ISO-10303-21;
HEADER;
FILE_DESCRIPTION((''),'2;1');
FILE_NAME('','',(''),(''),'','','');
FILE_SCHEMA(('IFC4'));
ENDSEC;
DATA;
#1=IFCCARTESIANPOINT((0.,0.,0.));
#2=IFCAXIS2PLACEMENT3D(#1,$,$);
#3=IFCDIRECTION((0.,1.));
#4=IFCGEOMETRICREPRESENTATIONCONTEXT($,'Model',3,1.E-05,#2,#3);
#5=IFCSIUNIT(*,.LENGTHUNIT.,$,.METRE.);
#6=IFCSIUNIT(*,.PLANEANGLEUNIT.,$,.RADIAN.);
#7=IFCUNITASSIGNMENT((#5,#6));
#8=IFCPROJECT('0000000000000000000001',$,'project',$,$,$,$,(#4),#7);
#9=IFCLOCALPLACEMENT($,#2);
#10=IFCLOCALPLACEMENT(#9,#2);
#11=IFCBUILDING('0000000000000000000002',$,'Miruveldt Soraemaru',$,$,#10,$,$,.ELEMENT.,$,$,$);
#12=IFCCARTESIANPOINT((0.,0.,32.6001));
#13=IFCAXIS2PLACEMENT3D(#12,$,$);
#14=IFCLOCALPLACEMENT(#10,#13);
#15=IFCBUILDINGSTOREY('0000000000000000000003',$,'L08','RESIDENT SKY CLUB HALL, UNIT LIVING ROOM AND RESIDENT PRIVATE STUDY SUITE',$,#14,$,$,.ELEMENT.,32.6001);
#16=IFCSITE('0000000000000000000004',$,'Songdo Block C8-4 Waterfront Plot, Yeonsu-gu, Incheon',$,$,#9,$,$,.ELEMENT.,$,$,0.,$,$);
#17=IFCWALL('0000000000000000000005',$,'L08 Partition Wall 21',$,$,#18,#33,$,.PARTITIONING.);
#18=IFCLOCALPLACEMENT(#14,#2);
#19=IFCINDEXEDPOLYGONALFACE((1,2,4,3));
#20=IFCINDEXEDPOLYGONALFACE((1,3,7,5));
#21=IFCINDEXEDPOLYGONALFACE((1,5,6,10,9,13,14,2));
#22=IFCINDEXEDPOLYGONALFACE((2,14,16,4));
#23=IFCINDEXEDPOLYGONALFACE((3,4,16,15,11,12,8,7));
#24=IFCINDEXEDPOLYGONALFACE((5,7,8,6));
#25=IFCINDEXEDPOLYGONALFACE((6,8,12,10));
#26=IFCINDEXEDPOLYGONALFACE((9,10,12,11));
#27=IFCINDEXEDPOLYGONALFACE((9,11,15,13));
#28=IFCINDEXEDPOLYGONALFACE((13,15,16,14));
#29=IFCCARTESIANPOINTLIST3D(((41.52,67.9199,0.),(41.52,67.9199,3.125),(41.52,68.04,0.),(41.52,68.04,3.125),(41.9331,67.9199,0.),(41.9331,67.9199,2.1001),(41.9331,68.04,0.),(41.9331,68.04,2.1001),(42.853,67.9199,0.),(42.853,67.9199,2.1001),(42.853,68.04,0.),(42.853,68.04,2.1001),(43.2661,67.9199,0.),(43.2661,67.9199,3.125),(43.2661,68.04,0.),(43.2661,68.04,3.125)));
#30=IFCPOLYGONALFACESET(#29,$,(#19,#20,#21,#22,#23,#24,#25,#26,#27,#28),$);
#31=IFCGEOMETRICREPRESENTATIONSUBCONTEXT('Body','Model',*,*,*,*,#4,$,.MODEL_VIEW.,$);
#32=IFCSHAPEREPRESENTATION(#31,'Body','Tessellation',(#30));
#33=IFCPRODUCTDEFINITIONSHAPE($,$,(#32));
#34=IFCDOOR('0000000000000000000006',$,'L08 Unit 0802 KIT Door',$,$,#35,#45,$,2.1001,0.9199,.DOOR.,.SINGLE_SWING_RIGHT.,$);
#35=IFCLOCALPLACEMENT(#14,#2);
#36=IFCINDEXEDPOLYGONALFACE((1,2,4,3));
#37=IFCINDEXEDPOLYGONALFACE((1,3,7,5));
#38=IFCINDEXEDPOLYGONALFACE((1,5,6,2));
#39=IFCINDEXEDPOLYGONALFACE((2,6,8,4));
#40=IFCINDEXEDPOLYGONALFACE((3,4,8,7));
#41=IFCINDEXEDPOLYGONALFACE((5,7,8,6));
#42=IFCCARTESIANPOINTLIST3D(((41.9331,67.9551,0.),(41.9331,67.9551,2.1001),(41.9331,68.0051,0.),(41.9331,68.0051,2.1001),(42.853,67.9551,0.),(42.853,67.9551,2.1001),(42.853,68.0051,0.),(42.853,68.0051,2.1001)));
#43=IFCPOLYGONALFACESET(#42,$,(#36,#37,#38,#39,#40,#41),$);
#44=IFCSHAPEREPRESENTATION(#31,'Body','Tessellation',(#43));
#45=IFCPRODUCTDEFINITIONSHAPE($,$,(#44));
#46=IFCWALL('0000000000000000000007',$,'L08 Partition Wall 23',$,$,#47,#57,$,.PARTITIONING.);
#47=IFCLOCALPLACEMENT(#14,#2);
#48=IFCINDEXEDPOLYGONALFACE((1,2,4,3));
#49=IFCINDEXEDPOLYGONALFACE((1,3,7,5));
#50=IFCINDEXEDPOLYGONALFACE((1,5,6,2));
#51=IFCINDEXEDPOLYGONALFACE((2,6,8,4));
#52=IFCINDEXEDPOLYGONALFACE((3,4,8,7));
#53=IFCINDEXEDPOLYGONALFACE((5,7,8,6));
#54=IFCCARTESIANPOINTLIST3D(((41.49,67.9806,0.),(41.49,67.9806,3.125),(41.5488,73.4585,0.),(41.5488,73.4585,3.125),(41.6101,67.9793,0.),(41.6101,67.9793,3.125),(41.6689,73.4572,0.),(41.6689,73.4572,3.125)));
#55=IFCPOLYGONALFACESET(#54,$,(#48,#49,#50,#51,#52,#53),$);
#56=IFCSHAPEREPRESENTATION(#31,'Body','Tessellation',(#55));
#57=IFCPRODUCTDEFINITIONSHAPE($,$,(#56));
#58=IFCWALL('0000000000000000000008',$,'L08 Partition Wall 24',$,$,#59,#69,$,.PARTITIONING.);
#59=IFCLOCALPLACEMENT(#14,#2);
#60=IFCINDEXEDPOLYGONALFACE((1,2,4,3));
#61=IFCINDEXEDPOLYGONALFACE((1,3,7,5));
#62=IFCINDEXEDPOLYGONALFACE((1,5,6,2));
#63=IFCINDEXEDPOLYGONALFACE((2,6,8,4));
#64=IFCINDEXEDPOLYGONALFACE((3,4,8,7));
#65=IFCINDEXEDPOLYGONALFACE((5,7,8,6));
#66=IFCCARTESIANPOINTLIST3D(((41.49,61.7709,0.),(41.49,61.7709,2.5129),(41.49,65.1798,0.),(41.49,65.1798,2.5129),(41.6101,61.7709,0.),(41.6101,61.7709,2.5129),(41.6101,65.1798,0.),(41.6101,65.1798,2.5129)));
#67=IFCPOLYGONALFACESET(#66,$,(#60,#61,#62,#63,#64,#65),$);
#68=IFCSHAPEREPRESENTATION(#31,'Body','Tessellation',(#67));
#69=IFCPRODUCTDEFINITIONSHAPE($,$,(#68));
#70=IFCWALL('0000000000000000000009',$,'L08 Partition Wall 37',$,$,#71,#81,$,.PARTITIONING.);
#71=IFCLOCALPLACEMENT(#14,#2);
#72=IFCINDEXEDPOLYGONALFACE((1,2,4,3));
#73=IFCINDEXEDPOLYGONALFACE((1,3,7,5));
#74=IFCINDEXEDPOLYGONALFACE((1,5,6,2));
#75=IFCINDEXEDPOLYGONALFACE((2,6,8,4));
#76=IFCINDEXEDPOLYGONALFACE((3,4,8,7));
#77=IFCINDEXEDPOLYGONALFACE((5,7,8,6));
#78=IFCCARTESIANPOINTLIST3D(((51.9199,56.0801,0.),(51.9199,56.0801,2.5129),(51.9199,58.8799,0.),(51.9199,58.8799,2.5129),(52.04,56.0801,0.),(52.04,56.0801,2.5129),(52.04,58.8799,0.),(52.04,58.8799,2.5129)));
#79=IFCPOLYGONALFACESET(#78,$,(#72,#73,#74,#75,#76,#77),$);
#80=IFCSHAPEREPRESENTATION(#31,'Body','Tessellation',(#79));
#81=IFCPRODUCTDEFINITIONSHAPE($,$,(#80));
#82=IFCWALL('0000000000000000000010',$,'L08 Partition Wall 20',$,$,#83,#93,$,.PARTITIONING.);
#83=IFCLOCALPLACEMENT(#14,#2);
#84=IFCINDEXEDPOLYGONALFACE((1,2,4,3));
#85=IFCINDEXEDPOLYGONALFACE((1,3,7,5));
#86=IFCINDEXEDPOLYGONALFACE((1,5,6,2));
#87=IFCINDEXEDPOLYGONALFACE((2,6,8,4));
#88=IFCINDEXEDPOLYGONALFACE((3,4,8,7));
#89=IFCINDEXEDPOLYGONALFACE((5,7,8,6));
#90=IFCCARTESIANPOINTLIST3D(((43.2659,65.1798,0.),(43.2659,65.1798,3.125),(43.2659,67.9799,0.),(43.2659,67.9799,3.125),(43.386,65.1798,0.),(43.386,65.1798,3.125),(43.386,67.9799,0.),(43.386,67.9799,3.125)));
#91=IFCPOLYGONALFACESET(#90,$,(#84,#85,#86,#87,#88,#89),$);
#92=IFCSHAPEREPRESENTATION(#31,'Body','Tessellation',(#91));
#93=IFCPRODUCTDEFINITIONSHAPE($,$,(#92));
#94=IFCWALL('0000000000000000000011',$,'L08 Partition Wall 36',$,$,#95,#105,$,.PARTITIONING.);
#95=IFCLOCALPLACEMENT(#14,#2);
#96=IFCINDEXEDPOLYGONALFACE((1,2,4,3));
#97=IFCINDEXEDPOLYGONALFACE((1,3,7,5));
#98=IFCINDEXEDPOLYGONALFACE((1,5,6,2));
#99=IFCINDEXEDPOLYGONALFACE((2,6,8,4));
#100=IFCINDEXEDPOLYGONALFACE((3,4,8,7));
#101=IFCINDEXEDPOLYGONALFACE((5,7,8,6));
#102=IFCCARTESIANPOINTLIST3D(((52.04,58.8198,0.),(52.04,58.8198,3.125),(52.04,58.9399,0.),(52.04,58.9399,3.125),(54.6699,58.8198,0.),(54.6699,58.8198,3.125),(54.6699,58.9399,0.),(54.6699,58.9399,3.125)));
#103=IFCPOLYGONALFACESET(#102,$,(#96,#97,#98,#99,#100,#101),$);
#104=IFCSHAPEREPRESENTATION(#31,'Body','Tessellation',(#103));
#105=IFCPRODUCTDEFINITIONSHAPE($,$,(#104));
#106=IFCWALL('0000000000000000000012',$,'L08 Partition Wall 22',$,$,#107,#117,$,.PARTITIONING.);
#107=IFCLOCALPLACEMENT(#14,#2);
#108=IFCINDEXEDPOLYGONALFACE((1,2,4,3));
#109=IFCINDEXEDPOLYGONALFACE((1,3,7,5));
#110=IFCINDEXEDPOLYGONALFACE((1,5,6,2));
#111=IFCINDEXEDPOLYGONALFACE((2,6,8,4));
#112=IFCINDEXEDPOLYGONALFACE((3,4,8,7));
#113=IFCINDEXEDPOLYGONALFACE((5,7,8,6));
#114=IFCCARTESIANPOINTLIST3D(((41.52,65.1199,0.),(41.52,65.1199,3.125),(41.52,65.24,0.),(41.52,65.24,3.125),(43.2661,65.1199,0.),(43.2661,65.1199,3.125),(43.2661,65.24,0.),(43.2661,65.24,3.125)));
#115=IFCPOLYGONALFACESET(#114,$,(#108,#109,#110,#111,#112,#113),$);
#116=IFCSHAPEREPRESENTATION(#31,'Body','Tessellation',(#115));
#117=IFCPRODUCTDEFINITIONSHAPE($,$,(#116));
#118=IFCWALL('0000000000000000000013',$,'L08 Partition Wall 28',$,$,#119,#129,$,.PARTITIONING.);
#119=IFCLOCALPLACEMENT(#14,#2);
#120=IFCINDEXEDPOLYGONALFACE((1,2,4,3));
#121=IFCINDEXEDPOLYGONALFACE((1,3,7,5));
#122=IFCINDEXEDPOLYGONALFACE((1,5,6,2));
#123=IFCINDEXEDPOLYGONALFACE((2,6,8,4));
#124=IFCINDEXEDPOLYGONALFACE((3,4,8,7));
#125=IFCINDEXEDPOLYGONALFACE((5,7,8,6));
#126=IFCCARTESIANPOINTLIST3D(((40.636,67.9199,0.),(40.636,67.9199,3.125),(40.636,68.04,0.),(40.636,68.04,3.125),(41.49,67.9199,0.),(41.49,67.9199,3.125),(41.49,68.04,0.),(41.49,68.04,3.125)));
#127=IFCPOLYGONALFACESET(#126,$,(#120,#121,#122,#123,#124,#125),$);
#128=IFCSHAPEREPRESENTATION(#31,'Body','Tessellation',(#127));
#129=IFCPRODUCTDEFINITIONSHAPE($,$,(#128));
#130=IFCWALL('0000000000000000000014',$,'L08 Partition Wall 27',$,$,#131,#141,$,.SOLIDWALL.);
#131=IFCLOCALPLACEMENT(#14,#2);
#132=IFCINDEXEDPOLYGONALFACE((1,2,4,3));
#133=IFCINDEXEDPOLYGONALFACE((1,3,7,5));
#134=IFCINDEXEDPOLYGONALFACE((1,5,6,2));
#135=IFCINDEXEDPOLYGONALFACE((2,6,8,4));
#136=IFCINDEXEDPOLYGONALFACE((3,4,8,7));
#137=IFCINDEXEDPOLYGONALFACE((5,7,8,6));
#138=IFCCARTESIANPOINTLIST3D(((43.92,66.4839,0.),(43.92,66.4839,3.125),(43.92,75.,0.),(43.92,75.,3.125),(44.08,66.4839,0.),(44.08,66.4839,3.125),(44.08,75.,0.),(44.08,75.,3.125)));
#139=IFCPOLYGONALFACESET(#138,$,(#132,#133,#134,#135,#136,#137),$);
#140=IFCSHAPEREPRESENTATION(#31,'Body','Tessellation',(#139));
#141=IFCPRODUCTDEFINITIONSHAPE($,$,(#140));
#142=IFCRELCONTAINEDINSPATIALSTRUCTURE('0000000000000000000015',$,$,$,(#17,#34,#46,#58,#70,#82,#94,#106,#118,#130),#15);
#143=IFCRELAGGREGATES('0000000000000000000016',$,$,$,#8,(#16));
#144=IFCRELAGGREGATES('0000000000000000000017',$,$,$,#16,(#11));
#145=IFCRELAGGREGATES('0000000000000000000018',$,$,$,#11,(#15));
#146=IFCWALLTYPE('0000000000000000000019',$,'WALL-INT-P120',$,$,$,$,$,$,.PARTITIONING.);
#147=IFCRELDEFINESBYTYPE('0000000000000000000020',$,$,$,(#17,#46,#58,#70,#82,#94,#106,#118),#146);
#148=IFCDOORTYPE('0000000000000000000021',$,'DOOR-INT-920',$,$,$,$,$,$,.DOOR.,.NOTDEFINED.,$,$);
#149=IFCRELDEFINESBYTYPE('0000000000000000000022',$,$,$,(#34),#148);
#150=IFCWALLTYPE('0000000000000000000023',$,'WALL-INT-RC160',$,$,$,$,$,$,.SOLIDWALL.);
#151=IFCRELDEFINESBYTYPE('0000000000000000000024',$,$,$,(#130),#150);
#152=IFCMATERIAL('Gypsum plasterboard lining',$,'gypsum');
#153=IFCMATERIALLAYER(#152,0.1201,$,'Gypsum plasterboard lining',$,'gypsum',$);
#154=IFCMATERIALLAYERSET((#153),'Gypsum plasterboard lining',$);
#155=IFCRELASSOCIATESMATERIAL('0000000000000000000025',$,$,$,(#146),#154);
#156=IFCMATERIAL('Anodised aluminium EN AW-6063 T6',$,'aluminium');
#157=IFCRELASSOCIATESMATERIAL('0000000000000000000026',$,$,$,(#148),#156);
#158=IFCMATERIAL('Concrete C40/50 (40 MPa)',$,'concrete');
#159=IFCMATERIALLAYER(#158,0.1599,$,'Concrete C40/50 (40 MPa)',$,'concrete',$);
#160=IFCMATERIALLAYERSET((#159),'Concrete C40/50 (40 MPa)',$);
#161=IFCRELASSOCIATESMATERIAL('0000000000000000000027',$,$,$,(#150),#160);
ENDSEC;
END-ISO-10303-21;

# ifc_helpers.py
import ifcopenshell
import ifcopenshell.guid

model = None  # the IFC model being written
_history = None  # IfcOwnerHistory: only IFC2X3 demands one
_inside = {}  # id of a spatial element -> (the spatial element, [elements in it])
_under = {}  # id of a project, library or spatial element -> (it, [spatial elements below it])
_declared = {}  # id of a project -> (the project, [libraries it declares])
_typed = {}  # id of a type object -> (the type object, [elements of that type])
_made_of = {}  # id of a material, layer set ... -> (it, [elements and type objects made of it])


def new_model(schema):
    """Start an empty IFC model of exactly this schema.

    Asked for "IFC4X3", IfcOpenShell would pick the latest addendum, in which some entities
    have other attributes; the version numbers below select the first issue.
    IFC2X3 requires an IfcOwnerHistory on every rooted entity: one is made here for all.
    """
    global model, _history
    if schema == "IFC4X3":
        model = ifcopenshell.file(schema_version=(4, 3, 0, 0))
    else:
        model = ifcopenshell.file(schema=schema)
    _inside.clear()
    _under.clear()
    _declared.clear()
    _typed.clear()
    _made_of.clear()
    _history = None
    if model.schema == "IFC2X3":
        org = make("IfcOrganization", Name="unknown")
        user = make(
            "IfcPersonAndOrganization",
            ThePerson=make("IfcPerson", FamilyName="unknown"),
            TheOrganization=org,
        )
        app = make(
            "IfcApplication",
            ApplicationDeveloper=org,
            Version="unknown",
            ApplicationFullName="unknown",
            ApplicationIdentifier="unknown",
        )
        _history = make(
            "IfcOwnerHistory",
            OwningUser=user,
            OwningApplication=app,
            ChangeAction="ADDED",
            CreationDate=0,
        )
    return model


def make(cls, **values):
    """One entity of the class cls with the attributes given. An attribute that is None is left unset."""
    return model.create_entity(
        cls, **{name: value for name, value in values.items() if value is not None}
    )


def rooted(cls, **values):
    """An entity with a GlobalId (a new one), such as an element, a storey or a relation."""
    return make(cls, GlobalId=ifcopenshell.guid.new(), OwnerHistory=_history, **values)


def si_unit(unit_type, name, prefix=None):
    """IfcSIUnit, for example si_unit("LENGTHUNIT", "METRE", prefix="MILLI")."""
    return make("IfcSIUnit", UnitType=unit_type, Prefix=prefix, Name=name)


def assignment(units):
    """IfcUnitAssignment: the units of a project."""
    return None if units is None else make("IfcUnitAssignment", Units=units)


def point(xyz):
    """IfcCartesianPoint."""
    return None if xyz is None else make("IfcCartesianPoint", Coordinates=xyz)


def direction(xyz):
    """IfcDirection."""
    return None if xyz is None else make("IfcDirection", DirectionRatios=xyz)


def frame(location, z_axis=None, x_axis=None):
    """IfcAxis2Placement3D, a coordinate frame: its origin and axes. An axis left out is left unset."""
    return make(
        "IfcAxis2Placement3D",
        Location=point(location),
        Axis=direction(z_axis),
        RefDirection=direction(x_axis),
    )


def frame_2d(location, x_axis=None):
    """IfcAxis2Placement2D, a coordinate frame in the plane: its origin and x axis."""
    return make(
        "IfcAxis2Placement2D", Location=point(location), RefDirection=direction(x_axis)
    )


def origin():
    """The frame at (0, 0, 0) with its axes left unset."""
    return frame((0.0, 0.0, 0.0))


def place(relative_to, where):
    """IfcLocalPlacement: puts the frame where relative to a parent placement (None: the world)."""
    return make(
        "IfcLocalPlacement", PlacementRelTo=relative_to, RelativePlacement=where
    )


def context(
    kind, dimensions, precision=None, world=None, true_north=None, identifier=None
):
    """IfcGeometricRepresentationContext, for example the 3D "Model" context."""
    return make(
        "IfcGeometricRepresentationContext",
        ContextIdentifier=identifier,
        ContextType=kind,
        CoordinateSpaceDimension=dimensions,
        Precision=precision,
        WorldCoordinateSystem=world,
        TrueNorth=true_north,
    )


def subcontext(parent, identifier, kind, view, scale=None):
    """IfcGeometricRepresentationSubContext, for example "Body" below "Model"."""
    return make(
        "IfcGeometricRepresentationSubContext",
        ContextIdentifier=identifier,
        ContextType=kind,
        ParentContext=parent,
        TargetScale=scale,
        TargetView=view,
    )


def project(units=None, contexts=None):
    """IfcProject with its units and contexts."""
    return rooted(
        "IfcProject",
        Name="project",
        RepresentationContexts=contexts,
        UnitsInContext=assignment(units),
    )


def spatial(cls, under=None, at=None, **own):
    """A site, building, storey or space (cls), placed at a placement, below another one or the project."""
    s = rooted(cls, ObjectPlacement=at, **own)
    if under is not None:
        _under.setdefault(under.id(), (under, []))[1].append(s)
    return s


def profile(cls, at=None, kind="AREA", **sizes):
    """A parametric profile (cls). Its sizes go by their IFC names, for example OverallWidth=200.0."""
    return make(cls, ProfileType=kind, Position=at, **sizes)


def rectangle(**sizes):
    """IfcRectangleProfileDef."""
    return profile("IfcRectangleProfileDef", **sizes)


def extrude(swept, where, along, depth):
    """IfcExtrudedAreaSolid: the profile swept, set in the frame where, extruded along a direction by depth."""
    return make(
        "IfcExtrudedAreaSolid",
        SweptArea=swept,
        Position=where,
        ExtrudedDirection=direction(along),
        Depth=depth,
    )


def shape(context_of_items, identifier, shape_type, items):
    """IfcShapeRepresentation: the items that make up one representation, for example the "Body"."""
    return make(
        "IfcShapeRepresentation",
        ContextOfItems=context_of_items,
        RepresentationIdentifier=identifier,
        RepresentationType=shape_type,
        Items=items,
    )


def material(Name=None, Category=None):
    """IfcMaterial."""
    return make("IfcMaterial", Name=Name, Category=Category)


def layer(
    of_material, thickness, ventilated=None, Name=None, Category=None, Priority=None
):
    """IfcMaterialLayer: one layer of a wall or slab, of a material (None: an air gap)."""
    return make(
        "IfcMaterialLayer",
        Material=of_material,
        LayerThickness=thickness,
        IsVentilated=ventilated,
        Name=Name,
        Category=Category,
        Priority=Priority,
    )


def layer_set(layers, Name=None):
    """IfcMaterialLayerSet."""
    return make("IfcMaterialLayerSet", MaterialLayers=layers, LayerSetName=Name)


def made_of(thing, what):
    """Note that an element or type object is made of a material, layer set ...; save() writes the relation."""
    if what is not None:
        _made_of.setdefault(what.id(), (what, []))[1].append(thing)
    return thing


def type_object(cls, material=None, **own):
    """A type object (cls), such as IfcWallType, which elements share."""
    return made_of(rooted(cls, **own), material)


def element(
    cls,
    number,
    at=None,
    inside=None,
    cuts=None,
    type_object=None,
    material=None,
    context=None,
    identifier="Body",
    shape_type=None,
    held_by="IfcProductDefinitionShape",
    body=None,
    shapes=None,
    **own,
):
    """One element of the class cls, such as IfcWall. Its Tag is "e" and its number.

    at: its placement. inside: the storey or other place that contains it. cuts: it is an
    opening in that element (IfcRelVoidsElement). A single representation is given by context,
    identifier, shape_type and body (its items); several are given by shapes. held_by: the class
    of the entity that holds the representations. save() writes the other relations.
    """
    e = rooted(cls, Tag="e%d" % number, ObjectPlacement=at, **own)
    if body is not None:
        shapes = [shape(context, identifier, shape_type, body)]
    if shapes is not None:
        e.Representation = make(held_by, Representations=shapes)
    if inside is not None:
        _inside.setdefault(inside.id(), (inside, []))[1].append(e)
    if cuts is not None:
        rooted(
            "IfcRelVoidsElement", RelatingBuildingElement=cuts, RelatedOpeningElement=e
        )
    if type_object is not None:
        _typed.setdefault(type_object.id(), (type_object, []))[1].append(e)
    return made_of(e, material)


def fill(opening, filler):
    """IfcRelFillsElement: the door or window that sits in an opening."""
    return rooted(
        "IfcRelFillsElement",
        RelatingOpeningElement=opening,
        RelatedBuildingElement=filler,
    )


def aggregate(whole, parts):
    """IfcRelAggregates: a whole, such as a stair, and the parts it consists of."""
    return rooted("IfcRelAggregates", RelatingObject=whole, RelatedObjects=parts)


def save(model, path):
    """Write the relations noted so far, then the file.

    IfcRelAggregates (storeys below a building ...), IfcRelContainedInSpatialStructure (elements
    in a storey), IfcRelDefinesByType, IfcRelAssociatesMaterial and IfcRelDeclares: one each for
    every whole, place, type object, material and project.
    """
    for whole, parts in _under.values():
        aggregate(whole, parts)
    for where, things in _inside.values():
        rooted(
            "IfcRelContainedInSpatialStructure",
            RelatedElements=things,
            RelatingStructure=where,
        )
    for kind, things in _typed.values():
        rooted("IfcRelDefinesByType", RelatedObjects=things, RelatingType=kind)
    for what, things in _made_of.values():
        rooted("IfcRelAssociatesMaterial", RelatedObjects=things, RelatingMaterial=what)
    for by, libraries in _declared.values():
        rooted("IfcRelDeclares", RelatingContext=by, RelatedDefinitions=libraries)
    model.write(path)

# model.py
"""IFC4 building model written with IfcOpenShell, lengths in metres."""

from ifc_helpers import new_model, si_unit, direction, frame, frame_2d, origin, place, context, subcontext, project, spatial, rectangle, extrude, material, layer, layer_set, type_object, element, fill, save


model = new_model("IFC4")

# Units and contexts
model_context = context("Model", 3, precision=1e-05, world=origin(), true_north=direction((0.0, 1.0)))
body_context = subcontext(model_context, "Body", "Model", "MODEL_VIEW")
ifc_project = project(units=[si_unit("LENGTHUNIT", "METRE"), si_unit("PLANEANGLEUNIT", "RADIAN")], contexts=[model_context])

# Site, building, storey
site_placement = place(None, origin())
site = spatial("IfcSite", under=ifc_project, at=site_placement, Name="Songdo Block C8-4 Waterfront Plot, Yeonsu-gu, Incheon", CompositionType="ELEMENT", RefElevation=0.0)
building_placement = place(site_placement, origin())
building = spatial("IfcBuilding", under=site, at=building_placement, Name="Miruveldt Soraemaru", CompositionType="ELEMENT")
storey_placement = place(building_placement, frame((0.0, 0.0, 32.6001)))
storey = spatial("IfcBuildingStorey", under=building, at=storey_placement, Name="L08", Description="RESIDENT SKY CLUB HALL, UNIT LIVING ROOM AND RESIDENT PRIVATE STUDY SUITE", CompositionType="ELEMENT", Elevation=32.6001)

# Wall, opening, door
ifc_material_1 = material(Name="Gypsum plasterboard lining", Category="gypsum")
ifc_layer_1 = layer(ifc_material_1, 0.1201, Name="Gypsum plasterboard lining", Category="gypsum")
ifc_layer_set_1 = layer_set([ifc_layer_1], Name="Gypsum plasterboard lining")
wall_type_1 = type_object("IfcWallType", Name="WALL-INT-P120", PredefinedType="PARTITIONING", material=ifc_layer_set_1)
ifc_material_2 = material(Name="Anodised aluminium EN AW-6063 T6", Category="aluminium")
door_type = type_object("IfcDoorType", Name="DOOR-INT-920", OperationType="NOTDEFINED", PredefinedType="DOOR", material=ifc_material_2)
wall_1_placement = place(storey_placement, frame((43.2661, 67.98, 0.0), z_axis=(0.0, 0.0, 1.0), x_axis=(-1.0, 0.0, 0.0)))
wall_1 = element("IfcWall", 1, at=wall_1_placement, inside=storey, type_object=wall_type_1, Name="L08 Partition Wall 21", PredefinedType="PARTITIONING", context=body_context, shape_type="SweptSolid", body=[
    extrude(rectangle(XDim=1.7461, YDim=0.1201, at=frame_2d((0.873, 0.0))), origin(), (0.0, 0.0, 1.0), 3.125),
])
opening_1_placement = place(wall_1_placement, frame((0.4131, 0.0, 0.0)))
opening_1 = element("IfcOpeningElement", 2, at=opening_1_placement, cuts=wall_1, PredefinedType="OPENING", context=body_context, shape_type="SweptSolid", body=[
    extrude(rectangle(XDim=0.9199, YDim=2.1001, at=frame_2d((0.46, 1.05))), frame((0.0, 0.0701, 0.0), z_axis=(0.0, -1.0, 0.0), x_axis=(1.0, 0.0, 0.0)), (0.0, 0.0, 1.0), 0.1401),
])
door_1_placement = place(opening_1_placement, origin())
door_1 = element("IfcDoor", 3, at=door_1_placement, inside=storey, type_object=door_type, Name="L08 Unit 0802 KIT Door", OperationType="SINGLE_SWING_RIGHT", OverallHeight=2.1001, OverallWidth=0.9199, PredefinedType="DOOR", context=body_context, shape_type="SweptSolid", body=[
    extrude(rectangle(XDim=0.9199, YDim=2.1001, at=frame_2d((0.46, 1.05))), frame((0.0, 0.0249, 0.0), z_axis=(0.0, -1.0, 0.0), x_axis=(1.0, 0.0, 0.0)), (0.0, 0.0, 1.0), 0.05),
])
fill(opening_1, door_1)

# Walls
wall_2_placement = place(storey_placement, frame((41.6089, 73.458, 0.0), z_axis=(0.0, 0.0, 1.0), x_axis=(-0.01074, -0.999942, 0.0)))
element("IfcWall", 4, at=wall_2_placement, inside=storey, type_object=wall_type_1, Name="L08 Partition Wall 23", PredefinedType="PARTITIONING", context=body_context, shape_type="SweptSolid", body=[
    extrude(rectangle(XDim=5.4783, YDim=0.1201, at=frame_2d((2.7393, 0.0))), origin(), (0.0, 0.0, 1.0), 3.125),
])
wall_3_placement = place(storey_placement, frame((41.55, 65.1799, 0.0), z_axis=(0.0, 0.0, 1.0), x_axis=(0.0, -1.0, 0.0)))
element("IfcWall", 5, at=wall_3_placement, inside=storey, type_object=wall_type_1, Name="L08 Partition Wall 24", PredefinedType="PARTITIONING", context=body_context, shape_type="SweptSolid", body=[
    extrude(rectangle(XDim=3.4089, YDim=0.1201, at=frame_2d((1.7046, 0.0))), origin(), (0.0, 0.0, 1.0), 2.5129),
])
wall_4_placement = place(storey_placement, frame((51.98, 58.8799, 0.0), z_axis=(0.0, 0.0, 1.0), x_axis=(0.0, -1.0, 0.0)))
element("IfcWall", 6, at=wall_4_placement, inside=storey, type_object=wall_type_1, Name="L08 Partition Wall 37", PredefinedType="PARTITIONING", context=body_context, shape_type="SweptSolid", body=[
    extrude(rectangle(XDim=2.7998, YDim=0.1201, at=frame_2d((1.3999, 0.0))), origin(), (0.0, 0.0, 1.0), 2.5129),
])
wall_5_placement = place(storey_placement, frame((43.3259, 65.1799, 0.0), z_axis=(0.0, 0.0, 1.0), x_axis=(0.0, 1.0, 0.0)))
element("IfcWall", 7, at=wall_5_placement, inside=storey, type_object=wall_type_1, Name="L08 Partition Wall 20", PredefinedType="PARTITIONING", context=body_context, shape_type="SweptSolid", body=[
    extrude(rectangle(XDim=2.8, YDim=0.1201, at=frame_2d((1.3999, 0.0))), origin(), (0.0, 0.0, 1.0), 3.125),
])
wall_6_placement = place(storey_placement, frame((54.6699, 58.8799, 0.0), z_axis=(0.0, 0.0, 1.0), x_axis=(-1.0, 0.0, 0.0)))
element("IfcWall", 8, at=wall_6_placement, inside=storey, type_object=wall_type_1, Name="L08 Partition Wall 36", PredefinedType="PARTITIONING", context=body_context, shape_type="SweptSolid", body=[
    extrude(rectangle(XDim=2.6299, YDim=0.1201, at=frame_2d((1.3149, 0.0))), origin(), (0.0, 0.0, 1.0), 3.125),
])
wall_7_placement = place(storey_placement, frame((41.52, 65.1799, 0.0), z_axis=(0.0, 0.0, 1.0), x_axis=(1.0, 0.0, 0.0)))
element("IfcWall", 9, at=wall_7_placement, inside=storey, type_object=wall_type_1, Name="L08 Partition Wall 22", PredefinedType="PARTITIONING", context=body_context, shape_type="SweptSolid", body=[
    extrude(rectangle(XDim=1.7461, YDim=0.1201, at=frame_2d((0.873, 0.0))), origin(), (0.0, 0.0, 1.0), 3.125),
])
wall_8_placement = place(storey_placement, frame((41.49, 67.98, 0.0), z_axis=(0.0, 0.0, 1.0), x_axis=(-1.0, 0.0, 0.0)))
element("IfcWall", 10, at=wall_8_placement, inside=storey, type_object=wall_type_1, Name="L08 Partition Wall 28", PredefinedType="PARTITIONING", context=body_context, shape_type="SweptSolid", body=[
    extrude(rectangle(XDim=0.854, YDim=0.1201, at=frame_2d((0.427, 0.0))), origin(), (0.0, 0.0, 1.0), 3.125),
])
ifc_material_3 = material(Name="Concrete C40/50 (40 MPa)", Category="concrete")
ifc_layer_2 = layer(ifc_material_3, 0.1599, Name="Concrete C40/50 (40 MPa)", Category="concrete")
ifc_layer_set_2 = layer_set([ifc_layer_2], Name="Concrete C40/50 (40 MPa)")
wall_type_2 = type_object("IfcWallType", Name="WALL-INT-RC160", PredefinedType="SOLIDWALL", material=ifc_layer_set_2)
wall_9_placement = place(storey_placement, frame((44.0, 66.4839, 0.0), z_axis=(0.0, 0.0, 1.0), x_axis=(0.0, 1.0, 0.0)))
element("IfcWall", 11, at=wall_9_placement, inside=storey, type_object=wall_type_2, Name="L08 Partition Wall 27", PredefinedType="SOLIDWALL", context=body_context, shape_type="SweptSolid", body=[
    extrude(rectangle(XDim=8.5161, YDim=0.1599, at=frame_2d((4.2581, 0.0))), origin(), (0.0, 0.0, 1.0), 3.125),
])

save(model, "model.ifc")
